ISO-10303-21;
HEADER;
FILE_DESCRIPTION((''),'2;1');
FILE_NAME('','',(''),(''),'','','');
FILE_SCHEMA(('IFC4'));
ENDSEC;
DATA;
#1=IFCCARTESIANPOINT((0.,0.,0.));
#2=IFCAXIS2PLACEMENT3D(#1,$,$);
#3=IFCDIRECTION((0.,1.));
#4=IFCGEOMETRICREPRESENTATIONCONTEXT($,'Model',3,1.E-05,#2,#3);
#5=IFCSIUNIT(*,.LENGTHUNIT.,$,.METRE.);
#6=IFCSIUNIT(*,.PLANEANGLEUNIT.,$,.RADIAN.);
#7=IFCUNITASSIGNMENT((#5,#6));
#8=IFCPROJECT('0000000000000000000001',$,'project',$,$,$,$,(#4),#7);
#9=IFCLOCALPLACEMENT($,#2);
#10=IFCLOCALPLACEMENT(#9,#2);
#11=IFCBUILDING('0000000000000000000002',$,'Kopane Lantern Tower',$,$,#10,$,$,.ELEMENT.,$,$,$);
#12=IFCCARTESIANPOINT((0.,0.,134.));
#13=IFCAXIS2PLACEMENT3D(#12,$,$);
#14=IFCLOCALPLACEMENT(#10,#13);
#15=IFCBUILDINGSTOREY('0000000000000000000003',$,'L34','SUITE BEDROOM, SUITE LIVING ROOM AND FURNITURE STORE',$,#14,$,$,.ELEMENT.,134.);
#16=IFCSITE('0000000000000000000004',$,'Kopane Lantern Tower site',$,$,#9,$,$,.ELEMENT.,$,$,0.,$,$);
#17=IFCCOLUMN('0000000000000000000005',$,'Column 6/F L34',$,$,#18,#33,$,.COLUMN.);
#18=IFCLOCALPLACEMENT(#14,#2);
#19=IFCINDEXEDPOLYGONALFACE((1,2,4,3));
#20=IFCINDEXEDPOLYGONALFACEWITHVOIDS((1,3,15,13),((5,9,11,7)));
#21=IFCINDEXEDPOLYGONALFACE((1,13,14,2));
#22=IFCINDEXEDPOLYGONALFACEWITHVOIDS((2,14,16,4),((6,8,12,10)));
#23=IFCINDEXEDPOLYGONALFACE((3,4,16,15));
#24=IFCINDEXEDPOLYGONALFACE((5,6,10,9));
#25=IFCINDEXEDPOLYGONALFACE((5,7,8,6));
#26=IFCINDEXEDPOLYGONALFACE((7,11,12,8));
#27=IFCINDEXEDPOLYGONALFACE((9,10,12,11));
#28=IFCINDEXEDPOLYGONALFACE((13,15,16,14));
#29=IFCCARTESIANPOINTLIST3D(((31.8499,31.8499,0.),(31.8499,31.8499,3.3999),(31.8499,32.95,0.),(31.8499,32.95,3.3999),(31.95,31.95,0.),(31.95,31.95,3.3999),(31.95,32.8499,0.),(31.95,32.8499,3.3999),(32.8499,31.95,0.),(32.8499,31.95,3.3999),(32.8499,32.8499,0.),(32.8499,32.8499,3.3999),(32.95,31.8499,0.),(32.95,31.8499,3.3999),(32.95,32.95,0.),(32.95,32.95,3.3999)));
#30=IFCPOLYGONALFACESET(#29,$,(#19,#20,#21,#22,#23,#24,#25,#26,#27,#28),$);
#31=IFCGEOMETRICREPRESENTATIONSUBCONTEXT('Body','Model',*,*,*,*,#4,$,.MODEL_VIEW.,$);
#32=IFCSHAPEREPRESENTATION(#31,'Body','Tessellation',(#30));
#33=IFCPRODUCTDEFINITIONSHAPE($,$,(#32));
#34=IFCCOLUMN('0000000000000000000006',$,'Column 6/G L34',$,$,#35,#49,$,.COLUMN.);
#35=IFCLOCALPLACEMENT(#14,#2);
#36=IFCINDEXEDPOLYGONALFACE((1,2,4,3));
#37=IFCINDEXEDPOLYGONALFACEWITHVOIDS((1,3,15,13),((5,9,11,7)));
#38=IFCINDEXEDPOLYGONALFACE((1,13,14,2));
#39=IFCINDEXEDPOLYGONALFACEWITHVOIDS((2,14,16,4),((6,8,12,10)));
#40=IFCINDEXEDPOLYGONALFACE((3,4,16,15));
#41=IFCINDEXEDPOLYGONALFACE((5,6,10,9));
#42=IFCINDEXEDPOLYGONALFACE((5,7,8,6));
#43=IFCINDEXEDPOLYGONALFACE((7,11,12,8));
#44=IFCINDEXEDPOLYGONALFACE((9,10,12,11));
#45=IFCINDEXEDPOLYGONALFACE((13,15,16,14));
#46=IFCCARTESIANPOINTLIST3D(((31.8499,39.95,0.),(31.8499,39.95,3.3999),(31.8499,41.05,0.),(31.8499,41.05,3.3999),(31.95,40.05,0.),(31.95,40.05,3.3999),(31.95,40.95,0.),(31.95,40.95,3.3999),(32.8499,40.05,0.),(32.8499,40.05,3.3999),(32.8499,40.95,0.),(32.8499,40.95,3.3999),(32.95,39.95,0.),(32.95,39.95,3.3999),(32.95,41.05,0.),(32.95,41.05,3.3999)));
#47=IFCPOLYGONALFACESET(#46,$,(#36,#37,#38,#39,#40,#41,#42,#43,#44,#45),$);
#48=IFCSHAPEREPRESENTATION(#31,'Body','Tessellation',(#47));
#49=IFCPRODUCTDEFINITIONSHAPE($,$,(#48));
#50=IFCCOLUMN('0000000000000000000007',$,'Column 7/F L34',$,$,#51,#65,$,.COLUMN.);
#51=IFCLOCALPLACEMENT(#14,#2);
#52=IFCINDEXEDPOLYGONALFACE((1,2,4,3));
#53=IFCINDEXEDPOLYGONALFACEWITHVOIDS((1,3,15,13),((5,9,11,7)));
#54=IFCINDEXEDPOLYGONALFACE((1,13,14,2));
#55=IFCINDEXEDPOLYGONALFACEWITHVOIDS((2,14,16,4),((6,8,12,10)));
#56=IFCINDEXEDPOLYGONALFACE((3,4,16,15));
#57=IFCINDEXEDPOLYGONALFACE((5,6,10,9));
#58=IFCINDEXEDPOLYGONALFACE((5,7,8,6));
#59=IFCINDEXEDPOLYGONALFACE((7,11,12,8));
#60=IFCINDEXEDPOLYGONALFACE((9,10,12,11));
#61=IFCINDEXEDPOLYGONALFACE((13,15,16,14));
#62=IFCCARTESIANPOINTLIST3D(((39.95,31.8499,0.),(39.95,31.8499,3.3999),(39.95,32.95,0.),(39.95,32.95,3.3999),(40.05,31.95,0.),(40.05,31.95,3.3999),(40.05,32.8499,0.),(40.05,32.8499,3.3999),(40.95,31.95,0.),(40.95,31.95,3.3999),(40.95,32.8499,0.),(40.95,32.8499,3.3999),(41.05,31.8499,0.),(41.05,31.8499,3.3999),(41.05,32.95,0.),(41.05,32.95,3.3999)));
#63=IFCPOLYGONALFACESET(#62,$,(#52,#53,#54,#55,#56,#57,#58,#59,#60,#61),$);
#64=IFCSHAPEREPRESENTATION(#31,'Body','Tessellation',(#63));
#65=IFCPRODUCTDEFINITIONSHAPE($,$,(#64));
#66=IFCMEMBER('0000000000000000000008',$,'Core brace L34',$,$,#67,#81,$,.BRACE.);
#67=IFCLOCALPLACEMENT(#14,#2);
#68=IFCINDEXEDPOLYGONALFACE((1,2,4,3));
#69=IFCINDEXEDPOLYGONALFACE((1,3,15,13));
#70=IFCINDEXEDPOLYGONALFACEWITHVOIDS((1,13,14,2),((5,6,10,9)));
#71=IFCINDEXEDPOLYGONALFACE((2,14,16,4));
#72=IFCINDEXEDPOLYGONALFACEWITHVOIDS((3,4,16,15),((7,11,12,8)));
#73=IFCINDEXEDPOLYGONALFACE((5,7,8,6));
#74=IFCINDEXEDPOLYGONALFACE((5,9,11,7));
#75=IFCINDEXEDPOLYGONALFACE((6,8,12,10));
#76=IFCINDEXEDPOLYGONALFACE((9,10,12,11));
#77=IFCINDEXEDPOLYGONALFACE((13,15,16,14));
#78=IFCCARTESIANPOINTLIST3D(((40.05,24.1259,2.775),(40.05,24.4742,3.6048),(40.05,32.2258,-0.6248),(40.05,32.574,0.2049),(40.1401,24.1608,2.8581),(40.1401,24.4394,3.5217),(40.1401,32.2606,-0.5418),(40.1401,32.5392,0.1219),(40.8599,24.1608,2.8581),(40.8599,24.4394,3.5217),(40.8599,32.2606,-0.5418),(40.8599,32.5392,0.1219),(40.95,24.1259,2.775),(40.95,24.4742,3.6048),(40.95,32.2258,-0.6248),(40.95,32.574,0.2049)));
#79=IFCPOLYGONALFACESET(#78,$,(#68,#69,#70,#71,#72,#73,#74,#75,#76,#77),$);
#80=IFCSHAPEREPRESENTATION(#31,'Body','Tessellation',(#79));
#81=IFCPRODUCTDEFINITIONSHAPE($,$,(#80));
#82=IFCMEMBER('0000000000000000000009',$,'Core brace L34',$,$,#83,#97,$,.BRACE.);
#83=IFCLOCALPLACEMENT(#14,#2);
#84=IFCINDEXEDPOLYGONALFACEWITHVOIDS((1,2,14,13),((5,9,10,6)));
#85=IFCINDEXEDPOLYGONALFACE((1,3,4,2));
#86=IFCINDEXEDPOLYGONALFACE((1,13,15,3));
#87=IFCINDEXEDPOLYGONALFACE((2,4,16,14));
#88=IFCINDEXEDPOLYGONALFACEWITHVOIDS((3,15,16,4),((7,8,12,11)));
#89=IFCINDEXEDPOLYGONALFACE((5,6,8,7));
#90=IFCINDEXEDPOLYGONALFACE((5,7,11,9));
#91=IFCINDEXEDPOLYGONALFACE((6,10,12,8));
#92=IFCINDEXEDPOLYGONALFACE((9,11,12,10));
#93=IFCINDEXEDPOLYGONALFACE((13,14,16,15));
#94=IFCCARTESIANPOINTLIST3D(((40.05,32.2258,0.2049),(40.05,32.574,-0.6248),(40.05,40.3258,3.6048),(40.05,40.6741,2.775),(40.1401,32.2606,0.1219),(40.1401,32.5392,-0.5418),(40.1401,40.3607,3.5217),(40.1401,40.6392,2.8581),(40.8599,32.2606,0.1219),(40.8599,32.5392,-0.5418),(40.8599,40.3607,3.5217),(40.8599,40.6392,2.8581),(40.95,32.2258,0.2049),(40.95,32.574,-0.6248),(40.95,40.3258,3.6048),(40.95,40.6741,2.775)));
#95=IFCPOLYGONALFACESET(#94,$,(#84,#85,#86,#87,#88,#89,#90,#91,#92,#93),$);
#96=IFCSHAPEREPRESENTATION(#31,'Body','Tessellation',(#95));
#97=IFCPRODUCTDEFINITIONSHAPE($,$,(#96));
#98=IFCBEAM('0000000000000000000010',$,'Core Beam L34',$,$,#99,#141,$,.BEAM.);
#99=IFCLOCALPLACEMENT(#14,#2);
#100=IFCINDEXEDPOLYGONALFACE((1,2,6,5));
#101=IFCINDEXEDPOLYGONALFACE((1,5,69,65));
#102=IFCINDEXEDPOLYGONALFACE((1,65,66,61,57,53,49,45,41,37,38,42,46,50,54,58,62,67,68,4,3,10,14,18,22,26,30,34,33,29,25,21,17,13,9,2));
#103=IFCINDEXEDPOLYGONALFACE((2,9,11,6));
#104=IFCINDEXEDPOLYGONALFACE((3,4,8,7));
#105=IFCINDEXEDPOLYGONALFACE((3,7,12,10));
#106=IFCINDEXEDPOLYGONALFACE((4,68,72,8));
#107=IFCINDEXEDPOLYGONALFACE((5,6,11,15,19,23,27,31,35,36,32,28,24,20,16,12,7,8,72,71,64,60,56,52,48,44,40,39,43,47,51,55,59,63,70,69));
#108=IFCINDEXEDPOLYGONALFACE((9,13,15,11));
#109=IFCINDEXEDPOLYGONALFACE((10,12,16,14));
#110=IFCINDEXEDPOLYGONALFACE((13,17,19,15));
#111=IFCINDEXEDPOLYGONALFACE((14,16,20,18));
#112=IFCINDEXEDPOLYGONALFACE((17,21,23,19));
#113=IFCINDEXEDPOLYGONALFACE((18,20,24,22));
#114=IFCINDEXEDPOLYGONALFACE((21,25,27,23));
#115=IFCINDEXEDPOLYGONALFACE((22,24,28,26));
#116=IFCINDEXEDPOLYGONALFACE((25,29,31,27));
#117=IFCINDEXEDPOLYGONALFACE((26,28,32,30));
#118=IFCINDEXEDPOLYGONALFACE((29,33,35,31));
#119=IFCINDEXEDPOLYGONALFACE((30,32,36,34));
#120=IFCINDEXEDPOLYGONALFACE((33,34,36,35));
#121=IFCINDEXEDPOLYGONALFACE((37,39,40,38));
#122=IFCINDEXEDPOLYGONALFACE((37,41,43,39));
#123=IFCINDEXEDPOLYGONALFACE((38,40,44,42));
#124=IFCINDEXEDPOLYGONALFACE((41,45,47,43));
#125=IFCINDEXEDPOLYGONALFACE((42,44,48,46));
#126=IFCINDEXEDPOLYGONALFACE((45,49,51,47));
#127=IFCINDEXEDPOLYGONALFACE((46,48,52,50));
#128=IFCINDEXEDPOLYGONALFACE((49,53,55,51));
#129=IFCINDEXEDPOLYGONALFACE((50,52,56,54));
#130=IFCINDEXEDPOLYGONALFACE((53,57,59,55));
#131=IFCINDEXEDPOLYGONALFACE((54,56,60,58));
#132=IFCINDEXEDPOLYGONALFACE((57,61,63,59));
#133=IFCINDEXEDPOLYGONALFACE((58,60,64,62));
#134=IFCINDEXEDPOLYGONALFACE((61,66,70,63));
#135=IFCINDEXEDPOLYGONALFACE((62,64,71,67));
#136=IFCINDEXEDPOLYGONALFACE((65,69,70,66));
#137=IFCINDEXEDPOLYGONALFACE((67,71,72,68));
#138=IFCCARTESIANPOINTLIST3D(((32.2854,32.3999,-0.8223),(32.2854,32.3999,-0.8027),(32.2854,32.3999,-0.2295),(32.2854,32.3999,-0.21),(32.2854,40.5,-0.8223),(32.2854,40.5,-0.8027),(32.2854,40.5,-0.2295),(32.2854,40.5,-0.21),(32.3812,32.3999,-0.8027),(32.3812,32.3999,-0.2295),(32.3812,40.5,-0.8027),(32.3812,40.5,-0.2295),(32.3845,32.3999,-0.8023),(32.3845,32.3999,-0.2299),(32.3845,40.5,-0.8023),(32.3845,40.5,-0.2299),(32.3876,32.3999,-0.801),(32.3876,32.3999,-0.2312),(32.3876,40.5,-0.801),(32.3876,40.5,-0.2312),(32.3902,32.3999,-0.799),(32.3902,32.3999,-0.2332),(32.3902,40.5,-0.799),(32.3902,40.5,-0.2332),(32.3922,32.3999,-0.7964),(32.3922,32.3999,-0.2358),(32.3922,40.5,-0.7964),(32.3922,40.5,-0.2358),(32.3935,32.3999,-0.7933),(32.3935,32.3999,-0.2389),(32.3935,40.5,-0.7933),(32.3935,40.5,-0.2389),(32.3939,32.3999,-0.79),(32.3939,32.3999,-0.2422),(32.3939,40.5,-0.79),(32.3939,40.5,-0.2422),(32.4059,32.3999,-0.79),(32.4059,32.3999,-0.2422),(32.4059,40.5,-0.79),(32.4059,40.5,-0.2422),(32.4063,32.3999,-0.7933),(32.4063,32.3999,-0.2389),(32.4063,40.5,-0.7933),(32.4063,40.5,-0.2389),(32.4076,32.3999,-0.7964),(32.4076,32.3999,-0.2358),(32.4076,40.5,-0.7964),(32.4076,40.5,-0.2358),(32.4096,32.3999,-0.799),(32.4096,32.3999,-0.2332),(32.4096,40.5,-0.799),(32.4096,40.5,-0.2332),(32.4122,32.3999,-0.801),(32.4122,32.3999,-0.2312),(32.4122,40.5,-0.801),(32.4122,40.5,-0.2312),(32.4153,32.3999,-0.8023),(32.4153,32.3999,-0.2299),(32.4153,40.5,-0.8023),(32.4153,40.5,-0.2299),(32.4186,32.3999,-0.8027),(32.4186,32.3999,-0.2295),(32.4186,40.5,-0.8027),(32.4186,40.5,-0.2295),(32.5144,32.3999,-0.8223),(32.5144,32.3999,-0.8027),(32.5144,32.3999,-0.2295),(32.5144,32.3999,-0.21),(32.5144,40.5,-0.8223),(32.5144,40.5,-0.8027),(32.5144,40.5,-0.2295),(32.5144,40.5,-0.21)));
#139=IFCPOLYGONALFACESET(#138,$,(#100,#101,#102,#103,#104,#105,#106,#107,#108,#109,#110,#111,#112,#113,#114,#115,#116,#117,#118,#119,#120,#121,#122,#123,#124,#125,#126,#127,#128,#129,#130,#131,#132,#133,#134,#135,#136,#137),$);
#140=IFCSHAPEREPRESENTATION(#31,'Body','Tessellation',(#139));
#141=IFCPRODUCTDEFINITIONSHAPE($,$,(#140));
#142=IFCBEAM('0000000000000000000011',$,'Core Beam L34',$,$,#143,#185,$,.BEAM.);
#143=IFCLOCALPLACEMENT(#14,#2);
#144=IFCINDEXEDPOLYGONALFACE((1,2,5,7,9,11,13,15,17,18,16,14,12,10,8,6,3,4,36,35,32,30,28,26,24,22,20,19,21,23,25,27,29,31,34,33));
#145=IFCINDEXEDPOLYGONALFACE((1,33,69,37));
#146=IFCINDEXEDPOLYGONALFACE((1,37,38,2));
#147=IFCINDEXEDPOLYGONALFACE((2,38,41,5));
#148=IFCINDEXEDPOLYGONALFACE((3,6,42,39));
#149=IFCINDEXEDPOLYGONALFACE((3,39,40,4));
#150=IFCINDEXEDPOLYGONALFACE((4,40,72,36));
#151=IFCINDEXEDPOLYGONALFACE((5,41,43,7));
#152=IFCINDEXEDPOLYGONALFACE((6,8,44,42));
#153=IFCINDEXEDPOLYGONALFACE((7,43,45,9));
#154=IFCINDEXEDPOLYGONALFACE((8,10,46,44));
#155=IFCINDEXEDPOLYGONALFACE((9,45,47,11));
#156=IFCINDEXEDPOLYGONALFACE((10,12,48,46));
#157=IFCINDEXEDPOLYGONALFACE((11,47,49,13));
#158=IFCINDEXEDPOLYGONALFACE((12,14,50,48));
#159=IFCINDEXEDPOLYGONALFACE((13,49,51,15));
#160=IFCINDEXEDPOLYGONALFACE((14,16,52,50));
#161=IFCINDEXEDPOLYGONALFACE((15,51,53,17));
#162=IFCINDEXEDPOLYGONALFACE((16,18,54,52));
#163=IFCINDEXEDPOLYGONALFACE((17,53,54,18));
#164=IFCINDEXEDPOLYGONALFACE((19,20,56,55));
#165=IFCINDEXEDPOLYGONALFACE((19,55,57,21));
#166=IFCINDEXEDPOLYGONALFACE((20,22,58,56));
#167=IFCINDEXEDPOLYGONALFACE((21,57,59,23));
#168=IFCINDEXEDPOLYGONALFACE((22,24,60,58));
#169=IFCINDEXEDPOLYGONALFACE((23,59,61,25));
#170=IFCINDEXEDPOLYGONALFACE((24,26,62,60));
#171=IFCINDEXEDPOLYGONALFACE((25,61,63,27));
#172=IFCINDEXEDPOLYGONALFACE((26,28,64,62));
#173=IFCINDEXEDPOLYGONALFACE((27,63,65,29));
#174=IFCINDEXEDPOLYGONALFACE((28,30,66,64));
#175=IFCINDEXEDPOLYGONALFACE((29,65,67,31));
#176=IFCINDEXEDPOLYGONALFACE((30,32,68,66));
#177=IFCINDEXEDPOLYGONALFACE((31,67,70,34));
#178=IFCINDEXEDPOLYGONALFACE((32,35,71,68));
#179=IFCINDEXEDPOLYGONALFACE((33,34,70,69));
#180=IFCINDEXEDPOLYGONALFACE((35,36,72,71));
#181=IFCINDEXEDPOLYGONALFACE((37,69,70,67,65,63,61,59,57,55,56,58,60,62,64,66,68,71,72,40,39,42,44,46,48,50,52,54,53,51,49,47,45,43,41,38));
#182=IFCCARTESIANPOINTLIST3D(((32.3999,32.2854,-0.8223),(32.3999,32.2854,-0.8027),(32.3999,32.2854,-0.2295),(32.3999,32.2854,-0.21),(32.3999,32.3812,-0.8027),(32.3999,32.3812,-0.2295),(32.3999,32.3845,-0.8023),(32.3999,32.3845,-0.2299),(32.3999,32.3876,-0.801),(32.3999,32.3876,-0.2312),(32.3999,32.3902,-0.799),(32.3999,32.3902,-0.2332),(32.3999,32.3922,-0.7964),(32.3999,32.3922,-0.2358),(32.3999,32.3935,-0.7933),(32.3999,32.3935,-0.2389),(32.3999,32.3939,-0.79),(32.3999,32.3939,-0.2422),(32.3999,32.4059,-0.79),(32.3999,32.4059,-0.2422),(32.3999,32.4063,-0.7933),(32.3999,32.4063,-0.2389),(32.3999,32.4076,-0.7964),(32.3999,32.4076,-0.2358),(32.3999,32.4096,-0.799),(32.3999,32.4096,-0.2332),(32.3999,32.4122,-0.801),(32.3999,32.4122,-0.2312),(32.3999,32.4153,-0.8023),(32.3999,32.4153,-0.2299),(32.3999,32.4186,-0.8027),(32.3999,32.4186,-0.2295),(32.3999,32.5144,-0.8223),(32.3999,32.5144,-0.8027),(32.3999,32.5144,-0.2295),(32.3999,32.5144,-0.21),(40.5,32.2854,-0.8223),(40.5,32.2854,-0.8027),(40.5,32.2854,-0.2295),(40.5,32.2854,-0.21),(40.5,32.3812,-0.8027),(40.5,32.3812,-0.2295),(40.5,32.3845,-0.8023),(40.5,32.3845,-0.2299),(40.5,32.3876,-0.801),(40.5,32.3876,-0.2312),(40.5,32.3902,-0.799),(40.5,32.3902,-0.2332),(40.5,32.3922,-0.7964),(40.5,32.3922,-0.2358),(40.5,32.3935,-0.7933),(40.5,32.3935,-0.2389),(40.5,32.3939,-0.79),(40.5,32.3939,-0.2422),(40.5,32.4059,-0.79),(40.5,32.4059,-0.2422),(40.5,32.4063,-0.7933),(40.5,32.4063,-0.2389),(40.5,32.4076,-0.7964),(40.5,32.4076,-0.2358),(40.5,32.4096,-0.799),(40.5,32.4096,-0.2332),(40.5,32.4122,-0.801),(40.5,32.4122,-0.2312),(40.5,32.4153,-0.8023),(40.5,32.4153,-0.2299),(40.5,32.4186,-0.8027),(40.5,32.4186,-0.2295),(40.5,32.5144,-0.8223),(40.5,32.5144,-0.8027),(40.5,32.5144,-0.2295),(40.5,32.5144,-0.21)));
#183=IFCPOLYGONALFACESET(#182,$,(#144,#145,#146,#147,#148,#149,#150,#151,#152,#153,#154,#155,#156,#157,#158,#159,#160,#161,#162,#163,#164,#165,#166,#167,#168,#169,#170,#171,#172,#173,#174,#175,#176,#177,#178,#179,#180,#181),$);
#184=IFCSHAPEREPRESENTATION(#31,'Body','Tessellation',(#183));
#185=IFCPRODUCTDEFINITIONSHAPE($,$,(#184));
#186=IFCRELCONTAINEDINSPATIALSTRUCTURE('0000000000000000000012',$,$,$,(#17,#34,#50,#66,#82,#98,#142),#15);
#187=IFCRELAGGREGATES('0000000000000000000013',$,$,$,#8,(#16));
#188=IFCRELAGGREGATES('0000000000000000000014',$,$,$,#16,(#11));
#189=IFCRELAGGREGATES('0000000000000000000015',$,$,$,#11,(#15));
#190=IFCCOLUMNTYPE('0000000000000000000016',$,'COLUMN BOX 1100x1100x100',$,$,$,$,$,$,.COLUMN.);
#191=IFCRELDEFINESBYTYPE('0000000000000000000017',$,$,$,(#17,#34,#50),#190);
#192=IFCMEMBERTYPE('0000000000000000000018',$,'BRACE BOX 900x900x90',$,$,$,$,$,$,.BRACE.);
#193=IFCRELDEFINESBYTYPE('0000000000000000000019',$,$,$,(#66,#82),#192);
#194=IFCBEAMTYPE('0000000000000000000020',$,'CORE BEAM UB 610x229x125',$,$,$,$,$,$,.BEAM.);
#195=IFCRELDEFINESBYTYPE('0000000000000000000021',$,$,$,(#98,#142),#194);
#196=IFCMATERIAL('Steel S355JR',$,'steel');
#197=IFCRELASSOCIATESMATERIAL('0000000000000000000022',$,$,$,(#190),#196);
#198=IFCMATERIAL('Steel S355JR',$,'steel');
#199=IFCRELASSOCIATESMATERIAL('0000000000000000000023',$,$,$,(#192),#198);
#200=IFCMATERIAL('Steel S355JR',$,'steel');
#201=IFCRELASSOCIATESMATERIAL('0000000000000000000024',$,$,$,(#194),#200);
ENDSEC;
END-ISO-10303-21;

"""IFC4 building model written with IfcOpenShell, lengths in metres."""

from ifc_helpers import new_model, si_unit, direction, frame, origin, origin_2d, place, context, subcontext, project, spatial, hollow_rectangle, i_section, extrude, material, material_profile, profile_set, type_object, element, save


model = new_model("IFC4")

# Units and contexts
model_context = context("Model", 3, precision=1e-05, world=origin(), true_north=direction((0.0, 1.0)))
body_context = subcontext(model_context, "Body", "Model", "MODEL_VIEW")
ifc_project = project(units=[si_unit("LENGTHUNIT", "METRE"), si_unit("PLANEANGLEUNIT", "RADIAN")], contexts=[model_context])

# Site, building, storey
site_placement = place(None, origin())
site = spatial("IfcSite", under=ifc_project, at=site_placement, Name="Kopane Lantern Tower site", CompositionType="ELEMENT", RefElevation=0.0)
building_placement = place(site_placement, origin())
building = spatial("IfcBuilding", under=site, at=building_placement, Name="Kopane Lantern Tower", CompositionType="ELEMENT")
storey_placement = place(building_placement, frame((0.0, 0.0, 134.0)))
storey = spatial("IfcBuildingStorey", under=building, at=storey_placement, Name="L34", Description="SUITE BEDROOM, SUITE LIVING ROOM AND FURNITURE STORE", CompositionType="ELEMENT", Elevation=134.0)

# Columns
ifc_material_1 = material(Name="Steel S355JR", Category="steel")
ifc_material_profile_1 = material_profile(ifc_material_1, hollow_rectangle(XDim=1.1001, YDim=1.1001, WallThickness=0.1001, at=origin_2d()), Name="BOX 1100x1100x100")
ifc_profile_set_1 = profile_set([ifc_material_profile_1], Name="Steel S355JR")
column_type = type_object("IfcColumnType", Name="COLUMN BOX 1100x1100x100", PredefinedType="COLUMN", material=ifc_profile_set_1)
for number, where, z_axis, x_axis, name in (
    (1, (32.3999, 32.3999, 0.0), (0.0, 0.0, 1.0), (1.0, 0.0, 0.0), "Column 6/F L34"),
    (2, (32.3999, 40.5, 0.0), (0.0, 0.0, 1.0), (1.0, 0.0, 0.0), "Column 6/G L34"),
    (3, (40.5, 32.3999, 0.0), (0.0, 0.0, 1.0), (1.0, 0.0, 0.0), "Column 7/F L34"),
):
    element("IfcColumn", number, at=place(storey_placement, frame(where, z_axis=z_axis, x_axis=x_axis)), inside=storey, type_object=column_type, Name=name, PredefinedType="COLUMN", context=body_context, shape_type="SweptSolid", body=[
        extrude(hollow_rectangle(XDim=1.1001, YDim=1.1001, WallThickness=0.1001, at=origin_2d()), origin(), (0.0, 0.0, 1.0), 3.3999),
    ])

# Members
ifc_material_2 = material(Name="Steel S355JR", Category="steel")
ifc_material_profile_2 = material_profile(ifc_material_2, hollow_rectangle(XDim=0.8999, YDim=0.8999, WallThickness=0.0901, at=origin_2d()), Name="BOX 900x900x90")
ifc_profile_set_2 = profile_set([ifc_material_profile_2], Name="Steel S355JR")
member_type = type_object("IfcMemberType", Name="BRACE BOX 900x900x90", PredefinedType="BRACE", material=ifc_profile_set_2)
member_1_placement = place(storey_placement, frame((40.5, 32.3999, -0.21), z_axis=(0.0, -0.922065, 0.387035), x_axis=(1.0, 0.0, 0.0)))
element("IfcMember", 4, at=member_1_placement, inside=storey, type_object=member_type, Name="Core brace L34", PredefinedType="BRACE", context=body_context, shape_type="SweptSolid", body=[
    extrude(hollow_rectangle(XDim=0.8999, YDim=0.8999, WallThickness=0.0901, at=origin_2d()), origin(), (0.0, 0.0, 1.0), 8.7844),
])
member_2_placement = place(storey_placement, frame((40.5, 32.3999, -0.21), z_axis=(0.0, 0.922069, 0.387026), x_axis=(-1.0, 0.0, 0.0)))
element("IfcMember", 5, at=member_2_placement, inside=storey, type_object=member_type, Name="Core brace L34", PredefinedType="BRACE", context=body_context, shape_type="SweptSolid", body=[
    extrude(hollow_rectangle(XDim=0.8999, YDim=0.8999, WallThickness=0.0901, at=origin_2d()), origin(), (0.0, 0.0, 1.0), 8.7847),
])

# Beams
ifc_material_3 = material(Name="Steel S355JR", Category="steel")
ifc_material_profile_3 = material_profile(ifc_material_3, i_section(OverallWidth=0.229, OverallDepth=0.6123, WebThickness=0.012, FlangeThickness=0.0195, FilletRadius=0.0127, at=origin_2d()), Name="UB 610x229x125")
ifc_profile_set_3 = profile_set([ifc_material_profile_3], Name="Steel S355JR")
beam_type_1 = type_object("IfcBeamType", Name="CORE BEAM UB 610x229x125", PredefinedType="BEAM", material=ifc_profile_set_3)
for number, where, z_axis, x_axis, name in (
    (6, (32.3999, 32.3999, -0.5161), (0.0, 1.0, 0.0), (-1.0, 0.0, 0.0), "Core Beam L34"),
    (7, (32.3999, 32.3999, -0.5161), (1.0, 0.0, 0.0), (0.0, 1.0, 0.0), "Core Beam L34"),
):
    element("IfcBeam", number, at=place(storey_placement, frame(where, z_axis=z_axis, x_axis=x_axis)), inside=storey, type_object=beam_type_1, Name=name, PredefinedType="BEAM", context=body_context, shape_type="SweptSolid", body=[
        extrude(i_section(OverallWidth=0.229, OverallDepth=0.6123, WebThickness=0.012, FlangeThickness=0.0195, FilletRadius=0.0127, at=origin_2d()), origin(), (0.0, 0.0, 1.0), 8.1001),
    ])

save(model, "model.ifc")
